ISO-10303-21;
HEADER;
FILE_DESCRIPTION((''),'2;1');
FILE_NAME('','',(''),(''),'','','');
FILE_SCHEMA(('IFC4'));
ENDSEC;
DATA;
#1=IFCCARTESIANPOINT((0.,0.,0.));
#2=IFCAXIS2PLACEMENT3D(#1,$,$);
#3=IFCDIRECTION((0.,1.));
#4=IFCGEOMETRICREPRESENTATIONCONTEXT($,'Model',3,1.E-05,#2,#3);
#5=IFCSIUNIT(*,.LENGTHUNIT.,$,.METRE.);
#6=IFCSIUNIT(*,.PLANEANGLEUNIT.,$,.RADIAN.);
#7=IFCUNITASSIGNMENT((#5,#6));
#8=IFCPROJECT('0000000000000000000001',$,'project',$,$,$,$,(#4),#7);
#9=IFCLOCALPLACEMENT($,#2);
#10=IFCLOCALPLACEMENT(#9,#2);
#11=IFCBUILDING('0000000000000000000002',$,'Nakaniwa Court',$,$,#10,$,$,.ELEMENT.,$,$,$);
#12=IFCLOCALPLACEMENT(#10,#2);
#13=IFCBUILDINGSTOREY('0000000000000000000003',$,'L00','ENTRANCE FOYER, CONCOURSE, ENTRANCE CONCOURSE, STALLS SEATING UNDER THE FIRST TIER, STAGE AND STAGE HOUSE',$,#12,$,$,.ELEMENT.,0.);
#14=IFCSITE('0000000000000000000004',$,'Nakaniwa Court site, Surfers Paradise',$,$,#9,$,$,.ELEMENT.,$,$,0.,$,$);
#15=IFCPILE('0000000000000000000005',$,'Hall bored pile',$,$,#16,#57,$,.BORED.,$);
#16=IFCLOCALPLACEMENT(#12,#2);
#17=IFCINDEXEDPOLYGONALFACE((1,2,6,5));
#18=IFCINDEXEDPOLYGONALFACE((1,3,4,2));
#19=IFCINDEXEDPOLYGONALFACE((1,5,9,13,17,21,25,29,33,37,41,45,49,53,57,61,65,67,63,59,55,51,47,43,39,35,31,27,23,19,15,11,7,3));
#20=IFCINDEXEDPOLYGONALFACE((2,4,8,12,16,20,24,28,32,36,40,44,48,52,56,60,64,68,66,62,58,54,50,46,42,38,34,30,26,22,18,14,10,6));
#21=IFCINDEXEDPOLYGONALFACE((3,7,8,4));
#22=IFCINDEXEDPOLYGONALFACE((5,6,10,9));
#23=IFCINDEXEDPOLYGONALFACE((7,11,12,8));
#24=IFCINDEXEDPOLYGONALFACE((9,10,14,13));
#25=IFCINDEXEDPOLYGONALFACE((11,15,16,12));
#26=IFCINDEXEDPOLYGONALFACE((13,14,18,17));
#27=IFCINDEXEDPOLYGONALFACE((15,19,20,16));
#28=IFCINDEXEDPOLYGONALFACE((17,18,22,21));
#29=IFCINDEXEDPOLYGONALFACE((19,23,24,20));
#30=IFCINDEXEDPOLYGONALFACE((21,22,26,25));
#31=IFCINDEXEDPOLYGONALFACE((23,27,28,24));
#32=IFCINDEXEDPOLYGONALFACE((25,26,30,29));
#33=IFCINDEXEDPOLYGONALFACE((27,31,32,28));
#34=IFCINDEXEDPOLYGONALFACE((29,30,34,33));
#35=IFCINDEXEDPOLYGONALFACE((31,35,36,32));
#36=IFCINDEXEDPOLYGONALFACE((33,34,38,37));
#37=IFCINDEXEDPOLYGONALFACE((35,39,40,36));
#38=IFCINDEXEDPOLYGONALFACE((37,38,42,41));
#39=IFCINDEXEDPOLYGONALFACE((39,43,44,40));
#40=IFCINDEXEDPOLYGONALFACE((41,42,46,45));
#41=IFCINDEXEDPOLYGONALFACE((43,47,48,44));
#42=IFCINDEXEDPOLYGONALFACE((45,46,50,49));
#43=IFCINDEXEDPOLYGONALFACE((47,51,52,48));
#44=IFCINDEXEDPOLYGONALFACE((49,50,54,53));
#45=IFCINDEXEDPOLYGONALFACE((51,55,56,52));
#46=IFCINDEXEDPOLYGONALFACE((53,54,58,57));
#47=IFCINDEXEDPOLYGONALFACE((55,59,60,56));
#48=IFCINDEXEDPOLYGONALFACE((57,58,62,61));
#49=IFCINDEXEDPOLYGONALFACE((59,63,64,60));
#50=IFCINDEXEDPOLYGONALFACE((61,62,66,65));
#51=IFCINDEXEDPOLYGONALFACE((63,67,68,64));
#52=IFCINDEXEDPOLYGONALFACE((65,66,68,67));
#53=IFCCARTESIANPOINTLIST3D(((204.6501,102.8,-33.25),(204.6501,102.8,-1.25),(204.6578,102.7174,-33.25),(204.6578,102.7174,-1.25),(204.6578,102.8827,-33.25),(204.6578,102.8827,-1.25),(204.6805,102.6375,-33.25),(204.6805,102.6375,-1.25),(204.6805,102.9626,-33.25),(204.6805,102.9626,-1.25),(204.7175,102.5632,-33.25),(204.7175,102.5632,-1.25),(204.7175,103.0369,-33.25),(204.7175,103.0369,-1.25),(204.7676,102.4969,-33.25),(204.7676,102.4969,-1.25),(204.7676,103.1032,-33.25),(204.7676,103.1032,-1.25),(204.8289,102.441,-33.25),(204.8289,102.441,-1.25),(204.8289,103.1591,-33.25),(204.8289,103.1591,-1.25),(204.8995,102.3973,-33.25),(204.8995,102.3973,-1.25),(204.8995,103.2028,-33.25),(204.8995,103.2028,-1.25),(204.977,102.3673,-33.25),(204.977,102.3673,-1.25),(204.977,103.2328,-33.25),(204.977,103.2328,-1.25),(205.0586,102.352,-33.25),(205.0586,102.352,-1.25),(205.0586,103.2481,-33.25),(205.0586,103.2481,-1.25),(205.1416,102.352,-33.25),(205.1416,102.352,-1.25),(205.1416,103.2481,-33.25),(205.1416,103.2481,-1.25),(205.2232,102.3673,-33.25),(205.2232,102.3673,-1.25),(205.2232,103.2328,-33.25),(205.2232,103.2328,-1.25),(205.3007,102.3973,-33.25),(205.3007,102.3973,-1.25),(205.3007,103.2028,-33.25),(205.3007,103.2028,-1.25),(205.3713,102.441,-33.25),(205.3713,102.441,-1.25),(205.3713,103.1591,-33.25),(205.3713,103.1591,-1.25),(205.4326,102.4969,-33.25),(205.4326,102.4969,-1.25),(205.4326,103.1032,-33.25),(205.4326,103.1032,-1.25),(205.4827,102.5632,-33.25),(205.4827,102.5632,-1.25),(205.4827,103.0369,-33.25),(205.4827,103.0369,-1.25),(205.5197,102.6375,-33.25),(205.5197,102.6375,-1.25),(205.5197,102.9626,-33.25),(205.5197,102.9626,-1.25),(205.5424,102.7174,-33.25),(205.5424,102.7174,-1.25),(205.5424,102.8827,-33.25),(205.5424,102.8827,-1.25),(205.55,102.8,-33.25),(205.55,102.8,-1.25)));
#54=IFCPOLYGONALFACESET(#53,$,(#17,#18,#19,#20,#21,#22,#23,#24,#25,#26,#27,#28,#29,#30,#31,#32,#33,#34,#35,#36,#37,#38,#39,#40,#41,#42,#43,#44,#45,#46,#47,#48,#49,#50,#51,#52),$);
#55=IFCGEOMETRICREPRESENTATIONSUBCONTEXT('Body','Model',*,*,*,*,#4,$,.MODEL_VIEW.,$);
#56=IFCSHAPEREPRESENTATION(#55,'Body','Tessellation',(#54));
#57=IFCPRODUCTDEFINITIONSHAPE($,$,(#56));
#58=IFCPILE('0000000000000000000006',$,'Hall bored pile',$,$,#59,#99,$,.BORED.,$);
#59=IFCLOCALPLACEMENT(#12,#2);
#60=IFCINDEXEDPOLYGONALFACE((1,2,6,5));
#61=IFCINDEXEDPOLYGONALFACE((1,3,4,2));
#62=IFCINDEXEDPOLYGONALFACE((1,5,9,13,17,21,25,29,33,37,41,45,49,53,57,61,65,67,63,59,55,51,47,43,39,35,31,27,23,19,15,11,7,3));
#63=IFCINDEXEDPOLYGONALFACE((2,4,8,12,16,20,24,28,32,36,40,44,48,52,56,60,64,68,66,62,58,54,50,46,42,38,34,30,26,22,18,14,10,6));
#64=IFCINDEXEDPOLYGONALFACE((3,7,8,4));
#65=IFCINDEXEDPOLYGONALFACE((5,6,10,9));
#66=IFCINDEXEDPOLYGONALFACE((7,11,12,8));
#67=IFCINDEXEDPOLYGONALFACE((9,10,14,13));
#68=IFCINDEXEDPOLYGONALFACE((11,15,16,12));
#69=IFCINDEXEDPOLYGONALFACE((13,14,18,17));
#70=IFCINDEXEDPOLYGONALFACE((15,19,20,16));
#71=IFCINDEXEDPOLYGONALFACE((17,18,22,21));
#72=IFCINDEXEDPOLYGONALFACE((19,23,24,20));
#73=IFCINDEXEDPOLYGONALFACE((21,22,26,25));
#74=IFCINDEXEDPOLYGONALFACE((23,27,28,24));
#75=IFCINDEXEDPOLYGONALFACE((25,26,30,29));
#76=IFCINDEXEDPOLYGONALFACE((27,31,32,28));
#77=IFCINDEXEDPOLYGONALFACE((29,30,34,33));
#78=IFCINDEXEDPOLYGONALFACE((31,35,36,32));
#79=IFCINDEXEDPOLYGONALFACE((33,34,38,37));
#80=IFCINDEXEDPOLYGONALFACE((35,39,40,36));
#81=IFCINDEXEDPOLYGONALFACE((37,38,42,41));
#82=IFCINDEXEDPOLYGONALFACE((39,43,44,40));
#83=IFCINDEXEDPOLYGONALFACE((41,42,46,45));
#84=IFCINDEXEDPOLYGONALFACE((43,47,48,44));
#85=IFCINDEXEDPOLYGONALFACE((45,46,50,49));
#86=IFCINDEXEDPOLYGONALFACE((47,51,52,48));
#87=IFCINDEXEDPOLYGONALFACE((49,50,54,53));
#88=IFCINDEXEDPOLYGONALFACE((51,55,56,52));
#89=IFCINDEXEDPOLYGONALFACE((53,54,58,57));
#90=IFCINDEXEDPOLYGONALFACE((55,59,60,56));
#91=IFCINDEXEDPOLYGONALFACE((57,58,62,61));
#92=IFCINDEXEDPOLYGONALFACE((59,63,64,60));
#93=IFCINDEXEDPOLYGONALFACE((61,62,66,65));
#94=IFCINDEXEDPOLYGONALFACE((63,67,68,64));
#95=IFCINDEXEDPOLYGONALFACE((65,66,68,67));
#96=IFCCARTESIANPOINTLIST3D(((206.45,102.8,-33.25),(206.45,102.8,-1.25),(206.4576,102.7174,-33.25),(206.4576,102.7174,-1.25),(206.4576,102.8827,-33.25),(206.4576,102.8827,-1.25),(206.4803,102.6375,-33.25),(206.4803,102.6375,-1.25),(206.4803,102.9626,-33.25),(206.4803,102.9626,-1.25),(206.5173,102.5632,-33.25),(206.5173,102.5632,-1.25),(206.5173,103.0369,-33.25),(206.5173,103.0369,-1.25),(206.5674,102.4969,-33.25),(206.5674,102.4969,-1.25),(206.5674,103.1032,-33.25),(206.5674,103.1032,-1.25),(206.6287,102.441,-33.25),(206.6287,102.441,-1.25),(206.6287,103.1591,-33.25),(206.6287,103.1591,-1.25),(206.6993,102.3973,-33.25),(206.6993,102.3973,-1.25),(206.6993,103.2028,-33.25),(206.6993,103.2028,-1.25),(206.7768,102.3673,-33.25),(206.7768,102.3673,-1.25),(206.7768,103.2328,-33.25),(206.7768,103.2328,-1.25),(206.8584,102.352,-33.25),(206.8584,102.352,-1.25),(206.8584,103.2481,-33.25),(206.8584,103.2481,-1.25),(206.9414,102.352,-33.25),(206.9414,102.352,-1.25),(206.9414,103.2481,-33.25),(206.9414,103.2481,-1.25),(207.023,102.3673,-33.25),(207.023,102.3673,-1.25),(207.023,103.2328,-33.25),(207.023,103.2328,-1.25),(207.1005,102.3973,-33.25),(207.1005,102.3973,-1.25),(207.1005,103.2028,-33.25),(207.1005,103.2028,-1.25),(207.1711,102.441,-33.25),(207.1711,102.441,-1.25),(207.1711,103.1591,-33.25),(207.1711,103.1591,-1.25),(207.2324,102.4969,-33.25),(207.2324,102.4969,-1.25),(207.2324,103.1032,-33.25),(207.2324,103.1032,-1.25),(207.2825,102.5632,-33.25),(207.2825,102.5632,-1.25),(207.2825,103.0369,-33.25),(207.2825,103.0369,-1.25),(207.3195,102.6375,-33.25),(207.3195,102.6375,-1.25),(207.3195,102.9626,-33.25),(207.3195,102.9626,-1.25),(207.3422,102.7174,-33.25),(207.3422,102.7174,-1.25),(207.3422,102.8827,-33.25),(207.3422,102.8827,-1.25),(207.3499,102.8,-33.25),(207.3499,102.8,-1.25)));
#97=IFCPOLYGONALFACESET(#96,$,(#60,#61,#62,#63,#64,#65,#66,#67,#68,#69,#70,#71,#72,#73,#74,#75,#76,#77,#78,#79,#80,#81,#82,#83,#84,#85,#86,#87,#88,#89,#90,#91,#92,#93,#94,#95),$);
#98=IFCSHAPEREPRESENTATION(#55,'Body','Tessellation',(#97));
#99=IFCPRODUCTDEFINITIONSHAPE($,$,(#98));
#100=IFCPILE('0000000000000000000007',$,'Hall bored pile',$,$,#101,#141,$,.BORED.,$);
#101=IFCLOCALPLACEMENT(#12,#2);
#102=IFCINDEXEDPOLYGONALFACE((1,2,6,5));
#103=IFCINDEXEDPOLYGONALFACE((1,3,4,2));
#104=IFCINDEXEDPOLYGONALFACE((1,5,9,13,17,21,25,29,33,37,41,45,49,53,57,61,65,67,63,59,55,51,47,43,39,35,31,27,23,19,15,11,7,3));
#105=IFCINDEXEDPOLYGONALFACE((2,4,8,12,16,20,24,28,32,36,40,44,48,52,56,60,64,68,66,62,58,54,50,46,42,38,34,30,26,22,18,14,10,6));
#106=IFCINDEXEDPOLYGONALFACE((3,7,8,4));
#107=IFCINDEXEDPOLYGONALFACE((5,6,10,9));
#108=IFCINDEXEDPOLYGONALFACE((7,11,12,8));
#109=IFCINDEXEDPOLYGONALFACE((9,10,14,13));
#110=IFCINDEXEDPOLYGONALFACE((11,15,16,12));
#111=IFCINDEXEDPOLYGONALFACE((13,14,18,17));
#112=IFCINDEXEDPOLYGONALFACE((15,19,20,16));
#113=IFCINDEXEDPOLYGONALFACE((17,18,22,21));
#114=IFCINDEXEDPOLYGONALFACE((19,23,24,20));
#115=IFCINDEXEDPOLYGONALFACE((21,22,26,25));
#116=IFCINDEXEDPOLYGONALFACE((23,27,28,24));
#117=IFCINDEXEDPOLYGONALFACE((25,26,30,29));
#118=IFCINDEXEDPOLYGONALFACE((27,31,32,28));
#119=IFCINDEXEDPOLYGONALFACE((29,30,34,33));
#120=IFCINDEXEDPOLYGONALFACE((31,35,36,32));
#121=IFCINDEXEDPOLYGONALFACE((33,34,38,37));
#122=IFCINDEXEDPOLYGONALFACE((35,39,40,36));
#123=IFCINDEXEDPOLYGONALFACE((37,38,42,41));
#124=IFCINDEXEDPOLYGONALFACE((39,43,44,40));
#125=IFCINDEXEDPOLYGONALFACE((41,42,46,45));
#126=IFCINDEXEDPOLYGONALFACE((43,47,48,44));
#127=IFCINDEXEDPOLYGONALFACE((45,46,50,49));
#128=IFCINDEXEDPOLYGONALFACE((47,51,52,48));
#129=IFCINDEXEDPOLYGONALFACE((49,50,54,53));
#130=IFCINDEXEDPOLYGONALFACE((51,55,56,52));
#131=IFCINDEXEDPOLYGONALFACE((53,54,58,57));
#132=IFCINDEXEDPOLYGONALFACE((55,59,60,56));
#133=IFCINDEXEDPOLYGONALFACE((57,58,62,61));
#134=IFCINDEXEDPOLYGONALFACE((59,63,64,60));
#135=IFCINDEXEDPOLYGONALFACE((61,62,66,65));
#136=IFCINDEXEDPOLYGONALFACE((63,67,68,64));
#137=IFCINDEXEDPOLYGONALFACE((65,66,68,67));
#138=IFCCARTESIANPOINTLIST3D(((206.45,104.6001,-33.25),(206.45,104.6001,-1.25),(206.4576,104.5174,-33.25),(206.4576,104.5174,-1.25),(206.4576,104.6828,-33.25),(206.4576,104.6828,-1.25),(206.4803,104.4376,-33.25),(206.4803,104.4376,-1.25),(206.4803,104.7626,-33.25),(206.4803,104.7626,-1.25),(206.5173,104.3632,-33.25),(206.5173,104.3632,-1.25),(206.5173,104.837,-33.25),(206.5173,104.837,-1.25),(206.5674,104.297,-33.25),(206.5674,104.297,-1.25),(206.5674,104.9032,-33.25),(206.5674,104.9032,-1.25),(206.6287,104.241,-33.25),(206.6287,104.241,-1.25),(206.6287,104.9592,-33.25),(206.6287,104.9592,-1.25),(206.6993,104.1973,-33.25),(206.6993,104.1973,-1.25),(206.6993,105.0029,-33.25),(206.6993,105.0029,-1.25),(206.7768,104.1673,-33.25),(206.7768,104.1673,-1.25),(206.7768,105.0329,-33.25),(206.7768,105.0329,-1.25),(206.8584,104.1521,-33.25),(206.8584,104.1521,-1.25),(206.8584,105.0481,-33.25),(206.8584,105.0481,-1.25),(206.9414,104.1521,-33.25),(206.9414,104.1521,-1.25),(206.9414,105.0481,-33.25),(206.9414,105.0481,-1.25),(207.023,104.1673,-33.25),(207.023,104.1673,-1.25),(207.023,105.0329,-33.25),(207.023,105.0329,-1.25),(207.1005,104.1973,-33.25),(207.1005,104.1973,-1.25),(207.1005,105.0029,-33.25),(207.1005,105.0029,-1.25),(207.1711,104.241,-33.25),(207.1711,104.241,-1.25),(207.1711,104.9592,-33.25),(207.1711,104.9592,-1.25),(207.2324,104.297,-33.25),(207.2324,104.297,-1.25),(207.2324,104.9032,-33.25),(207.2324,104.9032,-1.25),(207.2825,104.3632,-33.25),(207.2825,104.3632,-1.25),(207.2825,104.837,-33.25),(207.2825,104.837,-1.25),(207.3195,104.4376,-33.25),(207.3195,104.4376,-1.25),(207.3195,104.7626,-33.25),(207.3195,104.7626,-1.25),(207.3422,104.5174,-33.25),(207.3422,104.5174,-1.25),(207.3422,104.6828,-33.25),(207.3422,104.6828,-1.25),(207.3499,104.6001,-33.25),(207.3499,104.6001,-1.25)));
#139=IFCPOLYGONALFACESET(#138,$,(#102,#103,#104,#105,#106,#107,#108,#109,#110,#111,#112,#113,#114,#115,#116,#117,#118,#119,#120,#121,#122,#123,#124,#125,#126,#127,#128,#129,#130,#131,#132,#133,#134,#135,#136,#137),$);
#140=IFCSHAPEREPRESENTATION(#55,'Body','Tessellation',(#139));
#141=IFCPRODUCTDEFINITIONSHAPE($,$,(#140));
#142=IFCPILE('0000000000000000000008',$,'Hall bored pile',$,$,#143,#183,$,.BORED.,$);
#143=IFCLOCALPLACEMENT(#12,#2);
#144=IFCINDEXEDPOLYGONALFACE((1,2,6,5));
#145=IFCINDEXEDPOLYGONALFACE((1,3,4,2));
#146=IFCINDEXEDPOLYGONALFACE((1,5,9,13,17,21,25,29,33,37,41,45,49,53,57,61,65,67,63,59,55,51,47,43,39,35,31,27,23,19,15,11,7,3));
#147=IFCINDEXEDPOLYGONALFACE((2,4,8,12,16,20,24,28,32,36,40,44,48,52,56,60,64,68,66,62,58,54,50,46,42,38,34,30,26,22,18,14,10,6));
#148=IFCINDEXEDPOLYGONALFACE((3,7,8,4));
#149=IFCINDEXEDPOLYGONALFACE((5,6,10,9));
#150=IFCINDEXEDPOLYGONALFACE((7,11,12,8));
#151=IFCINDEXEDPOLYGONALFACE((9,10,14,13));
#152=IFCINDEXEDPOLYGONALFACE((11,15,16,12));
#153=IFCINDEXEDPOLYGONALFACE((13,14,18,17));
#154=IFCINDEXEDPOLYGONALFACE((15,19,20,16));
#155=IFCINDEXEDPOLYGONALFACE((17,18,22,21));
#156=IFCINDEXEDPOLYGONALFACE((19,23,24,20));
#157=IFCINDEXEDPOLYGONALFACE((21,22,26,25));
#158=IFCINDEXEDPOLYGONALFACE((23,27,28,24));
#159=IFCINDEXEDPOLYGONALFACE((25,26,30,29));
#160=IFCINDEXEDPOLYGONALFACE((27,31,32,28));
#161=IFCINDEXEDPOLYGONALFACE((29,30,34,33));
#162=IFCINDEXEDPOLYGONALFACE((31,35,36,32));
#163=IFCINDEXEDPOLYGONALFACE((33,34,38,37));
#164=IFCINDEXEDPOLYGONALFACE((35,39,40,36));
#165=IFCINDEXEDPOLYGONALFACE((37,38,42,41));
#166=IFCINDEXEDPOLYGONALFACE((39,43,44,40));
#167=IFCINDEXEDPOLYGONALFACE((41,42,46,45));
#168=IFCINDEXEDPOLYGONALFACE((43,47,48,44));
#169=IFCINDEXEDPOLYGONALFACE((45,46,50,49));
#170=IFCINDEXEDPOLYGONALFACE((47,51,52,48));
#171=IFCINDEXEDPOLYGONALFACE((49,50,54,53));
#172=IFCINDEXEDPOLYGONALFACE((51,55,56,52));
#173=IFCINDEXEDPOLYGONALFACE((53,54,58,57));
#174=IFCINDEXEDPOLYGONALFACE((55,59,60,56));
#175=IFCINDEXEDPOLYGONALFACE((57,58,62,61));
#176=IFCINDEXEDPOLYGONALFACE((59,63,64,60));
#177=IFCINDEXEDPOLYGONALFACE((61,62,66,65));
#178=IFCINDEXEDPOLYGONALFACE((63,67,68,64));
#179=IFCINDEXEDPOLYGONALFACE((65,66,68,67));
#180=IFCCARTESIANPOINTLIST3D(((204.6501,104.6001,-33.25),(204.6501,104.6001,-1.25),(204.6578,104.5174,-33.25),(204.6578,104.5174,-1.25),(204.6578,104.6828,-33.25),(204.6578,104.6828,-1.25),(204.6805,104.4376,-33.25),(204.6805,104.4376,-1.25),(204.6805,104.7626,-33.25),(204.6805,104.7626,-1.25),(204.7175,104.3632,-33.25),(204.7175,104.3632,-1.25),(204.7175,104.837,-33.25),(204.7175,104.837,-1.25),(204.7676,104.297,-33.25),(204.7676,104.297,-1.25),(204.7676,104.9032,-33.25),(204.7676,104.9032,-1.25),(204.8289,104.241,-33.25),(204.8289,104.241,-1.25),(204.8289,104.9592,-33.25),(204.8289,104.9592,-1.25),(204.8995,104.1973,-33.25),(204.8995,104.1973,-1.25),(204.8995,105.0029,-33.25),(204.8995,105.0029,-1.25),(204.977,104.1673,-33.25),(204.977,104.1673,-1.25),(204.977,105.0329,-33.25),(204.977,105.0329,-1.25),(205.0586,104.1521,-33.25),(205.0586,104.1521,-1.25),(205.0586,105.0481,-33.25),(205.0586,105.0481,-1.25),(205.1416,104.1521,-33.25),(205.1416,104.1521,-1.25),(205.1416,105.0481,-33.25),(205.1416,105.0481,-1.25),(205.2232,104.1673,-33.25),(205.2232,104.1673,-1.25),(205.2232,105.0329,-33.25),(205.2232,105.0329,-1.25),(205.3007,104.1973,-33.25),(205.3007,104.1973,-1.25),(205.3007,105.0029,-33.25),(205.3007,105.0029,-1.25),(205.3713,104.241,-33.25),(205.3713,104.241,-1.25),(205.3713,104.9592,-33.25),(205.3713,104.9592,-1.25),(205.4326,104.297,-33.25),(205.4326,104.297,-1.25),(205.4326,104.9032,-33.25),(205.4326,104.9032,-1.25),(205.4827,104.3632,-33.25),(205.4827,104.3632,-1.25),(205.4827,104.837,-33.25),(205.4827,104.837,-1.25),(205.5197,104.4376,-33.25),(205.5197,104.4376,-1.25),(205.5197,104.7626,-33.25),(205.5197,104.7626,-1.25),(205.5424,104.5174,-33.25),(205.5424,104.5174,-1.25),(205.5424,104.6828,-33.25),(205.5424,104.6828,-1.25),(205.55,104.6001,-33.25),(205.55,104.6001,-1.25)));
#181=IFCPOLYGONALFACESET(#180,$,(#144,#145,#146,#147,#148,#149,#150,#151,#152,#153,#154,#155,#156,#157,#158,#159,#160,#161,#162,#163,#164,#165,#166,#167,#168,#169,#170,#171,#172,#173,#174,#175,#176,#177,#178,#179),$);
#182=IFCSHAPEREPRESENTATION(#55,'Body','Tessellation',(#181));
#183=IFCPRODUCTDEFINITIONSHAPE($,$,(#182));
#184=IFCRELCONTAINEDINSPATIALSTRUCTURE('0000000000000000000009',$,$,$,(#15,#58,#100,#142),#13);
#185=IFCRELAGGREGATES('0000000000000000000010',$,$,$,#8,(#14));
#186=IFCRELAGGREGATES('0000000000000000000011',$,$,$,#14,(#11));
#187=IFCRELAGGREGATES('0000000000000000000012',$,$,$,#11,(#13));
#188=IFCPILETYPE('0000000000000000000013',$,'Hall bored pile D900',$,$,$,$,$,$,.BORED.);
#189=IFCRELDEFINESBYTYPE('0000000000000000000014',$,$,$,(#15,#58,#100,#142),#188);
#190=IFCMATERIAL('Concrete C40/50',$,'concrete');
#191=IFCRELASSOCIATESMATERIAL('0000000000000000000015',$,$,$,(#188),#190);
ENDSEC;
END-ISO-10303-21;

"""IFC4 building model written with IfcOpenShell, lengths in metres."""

from ifc_helpers import new_model, si_unit, direction, frame, origin, origin_2d, place, context, subcontext, project, spatial, circle, extrude, material, material_profile, profile_set, type_object, element, save


model = new_model("IFC4")

# Units and contexts
model_context = context("Model", 3, precision=1e-05, world=origin(), true_north=direction((0.0, 1.0)))
body_context = subcontext(model_context, "Body", "Model", "MODEL_VIEW")
ifc_project = project(units=[si_unit("LENGTHUNIT", "METRE"), si_unit("PLANEANGLEUNIT", "RADIAN")], contexts=[model_context])

# Site, building, storey
site_placement = place(None, origin())
site = spatial("IfcSite", under=ifc_project, at=site_placement, Name="Nakaniwa Court site, Surfers Paradise", CompositionType="ELEMENT", RefElevation=0.0)
building_placement = place(site_placement, origin())
building = spatial("IfcBuilding", under=site, at=building_placement, Name="Nakaniwa Court", CompositionType="ELEMENT")
storey_placement = place(building_placement, origin())
storey = spatial("IfcBuildingStorey", under=building, at=storey_placement, Name="L00", Description="ENTRANCE FOYER, CONCOURSE, ENTRANCE CONCOURSE, STALLS SEATING UNDER THE FIRST TIER, STAGE AND STAGE HOUSE", CompositionType="ELEMENT", Elevation=0.0)

# Piles
ifc_material_1 = material(Name="Concrete C40/50", Category="concrete")
ifc_material_profile_1 = material_profile(ifc_material_1, circle(Radius=0.45, at=origin_2d()), Name="Bored pile D900")
ifc_profile_set_1 = profile_set([ifc_material_profile_1], Name="Concrete C40/50")
pile_type = type_object("IfcPileType", Name="Hall bored pile D900", PredefinedType="BORED", material=ifc_profile_set_1)
for number, where, z_axis, x_axis, name in (
    (1, (205.1001, 102.8, -1.25), (0.0, 0.0, -1.0), (1.0, 0.0, 0.0), "Hall bored pile"),
    (2, (206.8999, 102.8, -1.25), (0.0, 0.0, -1.0), (1.0, 0.0, 0.0), "Hall bored pile"),
    (3, (206.8999, 104.6001, -1.25), (0.0, 0.0, -1.0), (1.0, 0.0, 0.0), "Hall bored pile"),
    (4, (205.1001, 104.6001, -1.25), (0.0, 0.0, -1.0), (1.0, 0.0, 0.0), "Hall bored pile"),
):
    element("IfcPile", number, at=place(storey_placement, frame(where, z_axis=z_axis, x_axis=x_axis)), inside=storey, type_object=pile_type, Name=name, PredefinedType="BORED", context=body_context, shape_type="SweptSolid", body=[
        extrude(circle(Radius=0.45, at=origin_2d()), origin(), (0.0, 0.0, 1.0), 32.0),
    ])

save(model, "model.ifc")
